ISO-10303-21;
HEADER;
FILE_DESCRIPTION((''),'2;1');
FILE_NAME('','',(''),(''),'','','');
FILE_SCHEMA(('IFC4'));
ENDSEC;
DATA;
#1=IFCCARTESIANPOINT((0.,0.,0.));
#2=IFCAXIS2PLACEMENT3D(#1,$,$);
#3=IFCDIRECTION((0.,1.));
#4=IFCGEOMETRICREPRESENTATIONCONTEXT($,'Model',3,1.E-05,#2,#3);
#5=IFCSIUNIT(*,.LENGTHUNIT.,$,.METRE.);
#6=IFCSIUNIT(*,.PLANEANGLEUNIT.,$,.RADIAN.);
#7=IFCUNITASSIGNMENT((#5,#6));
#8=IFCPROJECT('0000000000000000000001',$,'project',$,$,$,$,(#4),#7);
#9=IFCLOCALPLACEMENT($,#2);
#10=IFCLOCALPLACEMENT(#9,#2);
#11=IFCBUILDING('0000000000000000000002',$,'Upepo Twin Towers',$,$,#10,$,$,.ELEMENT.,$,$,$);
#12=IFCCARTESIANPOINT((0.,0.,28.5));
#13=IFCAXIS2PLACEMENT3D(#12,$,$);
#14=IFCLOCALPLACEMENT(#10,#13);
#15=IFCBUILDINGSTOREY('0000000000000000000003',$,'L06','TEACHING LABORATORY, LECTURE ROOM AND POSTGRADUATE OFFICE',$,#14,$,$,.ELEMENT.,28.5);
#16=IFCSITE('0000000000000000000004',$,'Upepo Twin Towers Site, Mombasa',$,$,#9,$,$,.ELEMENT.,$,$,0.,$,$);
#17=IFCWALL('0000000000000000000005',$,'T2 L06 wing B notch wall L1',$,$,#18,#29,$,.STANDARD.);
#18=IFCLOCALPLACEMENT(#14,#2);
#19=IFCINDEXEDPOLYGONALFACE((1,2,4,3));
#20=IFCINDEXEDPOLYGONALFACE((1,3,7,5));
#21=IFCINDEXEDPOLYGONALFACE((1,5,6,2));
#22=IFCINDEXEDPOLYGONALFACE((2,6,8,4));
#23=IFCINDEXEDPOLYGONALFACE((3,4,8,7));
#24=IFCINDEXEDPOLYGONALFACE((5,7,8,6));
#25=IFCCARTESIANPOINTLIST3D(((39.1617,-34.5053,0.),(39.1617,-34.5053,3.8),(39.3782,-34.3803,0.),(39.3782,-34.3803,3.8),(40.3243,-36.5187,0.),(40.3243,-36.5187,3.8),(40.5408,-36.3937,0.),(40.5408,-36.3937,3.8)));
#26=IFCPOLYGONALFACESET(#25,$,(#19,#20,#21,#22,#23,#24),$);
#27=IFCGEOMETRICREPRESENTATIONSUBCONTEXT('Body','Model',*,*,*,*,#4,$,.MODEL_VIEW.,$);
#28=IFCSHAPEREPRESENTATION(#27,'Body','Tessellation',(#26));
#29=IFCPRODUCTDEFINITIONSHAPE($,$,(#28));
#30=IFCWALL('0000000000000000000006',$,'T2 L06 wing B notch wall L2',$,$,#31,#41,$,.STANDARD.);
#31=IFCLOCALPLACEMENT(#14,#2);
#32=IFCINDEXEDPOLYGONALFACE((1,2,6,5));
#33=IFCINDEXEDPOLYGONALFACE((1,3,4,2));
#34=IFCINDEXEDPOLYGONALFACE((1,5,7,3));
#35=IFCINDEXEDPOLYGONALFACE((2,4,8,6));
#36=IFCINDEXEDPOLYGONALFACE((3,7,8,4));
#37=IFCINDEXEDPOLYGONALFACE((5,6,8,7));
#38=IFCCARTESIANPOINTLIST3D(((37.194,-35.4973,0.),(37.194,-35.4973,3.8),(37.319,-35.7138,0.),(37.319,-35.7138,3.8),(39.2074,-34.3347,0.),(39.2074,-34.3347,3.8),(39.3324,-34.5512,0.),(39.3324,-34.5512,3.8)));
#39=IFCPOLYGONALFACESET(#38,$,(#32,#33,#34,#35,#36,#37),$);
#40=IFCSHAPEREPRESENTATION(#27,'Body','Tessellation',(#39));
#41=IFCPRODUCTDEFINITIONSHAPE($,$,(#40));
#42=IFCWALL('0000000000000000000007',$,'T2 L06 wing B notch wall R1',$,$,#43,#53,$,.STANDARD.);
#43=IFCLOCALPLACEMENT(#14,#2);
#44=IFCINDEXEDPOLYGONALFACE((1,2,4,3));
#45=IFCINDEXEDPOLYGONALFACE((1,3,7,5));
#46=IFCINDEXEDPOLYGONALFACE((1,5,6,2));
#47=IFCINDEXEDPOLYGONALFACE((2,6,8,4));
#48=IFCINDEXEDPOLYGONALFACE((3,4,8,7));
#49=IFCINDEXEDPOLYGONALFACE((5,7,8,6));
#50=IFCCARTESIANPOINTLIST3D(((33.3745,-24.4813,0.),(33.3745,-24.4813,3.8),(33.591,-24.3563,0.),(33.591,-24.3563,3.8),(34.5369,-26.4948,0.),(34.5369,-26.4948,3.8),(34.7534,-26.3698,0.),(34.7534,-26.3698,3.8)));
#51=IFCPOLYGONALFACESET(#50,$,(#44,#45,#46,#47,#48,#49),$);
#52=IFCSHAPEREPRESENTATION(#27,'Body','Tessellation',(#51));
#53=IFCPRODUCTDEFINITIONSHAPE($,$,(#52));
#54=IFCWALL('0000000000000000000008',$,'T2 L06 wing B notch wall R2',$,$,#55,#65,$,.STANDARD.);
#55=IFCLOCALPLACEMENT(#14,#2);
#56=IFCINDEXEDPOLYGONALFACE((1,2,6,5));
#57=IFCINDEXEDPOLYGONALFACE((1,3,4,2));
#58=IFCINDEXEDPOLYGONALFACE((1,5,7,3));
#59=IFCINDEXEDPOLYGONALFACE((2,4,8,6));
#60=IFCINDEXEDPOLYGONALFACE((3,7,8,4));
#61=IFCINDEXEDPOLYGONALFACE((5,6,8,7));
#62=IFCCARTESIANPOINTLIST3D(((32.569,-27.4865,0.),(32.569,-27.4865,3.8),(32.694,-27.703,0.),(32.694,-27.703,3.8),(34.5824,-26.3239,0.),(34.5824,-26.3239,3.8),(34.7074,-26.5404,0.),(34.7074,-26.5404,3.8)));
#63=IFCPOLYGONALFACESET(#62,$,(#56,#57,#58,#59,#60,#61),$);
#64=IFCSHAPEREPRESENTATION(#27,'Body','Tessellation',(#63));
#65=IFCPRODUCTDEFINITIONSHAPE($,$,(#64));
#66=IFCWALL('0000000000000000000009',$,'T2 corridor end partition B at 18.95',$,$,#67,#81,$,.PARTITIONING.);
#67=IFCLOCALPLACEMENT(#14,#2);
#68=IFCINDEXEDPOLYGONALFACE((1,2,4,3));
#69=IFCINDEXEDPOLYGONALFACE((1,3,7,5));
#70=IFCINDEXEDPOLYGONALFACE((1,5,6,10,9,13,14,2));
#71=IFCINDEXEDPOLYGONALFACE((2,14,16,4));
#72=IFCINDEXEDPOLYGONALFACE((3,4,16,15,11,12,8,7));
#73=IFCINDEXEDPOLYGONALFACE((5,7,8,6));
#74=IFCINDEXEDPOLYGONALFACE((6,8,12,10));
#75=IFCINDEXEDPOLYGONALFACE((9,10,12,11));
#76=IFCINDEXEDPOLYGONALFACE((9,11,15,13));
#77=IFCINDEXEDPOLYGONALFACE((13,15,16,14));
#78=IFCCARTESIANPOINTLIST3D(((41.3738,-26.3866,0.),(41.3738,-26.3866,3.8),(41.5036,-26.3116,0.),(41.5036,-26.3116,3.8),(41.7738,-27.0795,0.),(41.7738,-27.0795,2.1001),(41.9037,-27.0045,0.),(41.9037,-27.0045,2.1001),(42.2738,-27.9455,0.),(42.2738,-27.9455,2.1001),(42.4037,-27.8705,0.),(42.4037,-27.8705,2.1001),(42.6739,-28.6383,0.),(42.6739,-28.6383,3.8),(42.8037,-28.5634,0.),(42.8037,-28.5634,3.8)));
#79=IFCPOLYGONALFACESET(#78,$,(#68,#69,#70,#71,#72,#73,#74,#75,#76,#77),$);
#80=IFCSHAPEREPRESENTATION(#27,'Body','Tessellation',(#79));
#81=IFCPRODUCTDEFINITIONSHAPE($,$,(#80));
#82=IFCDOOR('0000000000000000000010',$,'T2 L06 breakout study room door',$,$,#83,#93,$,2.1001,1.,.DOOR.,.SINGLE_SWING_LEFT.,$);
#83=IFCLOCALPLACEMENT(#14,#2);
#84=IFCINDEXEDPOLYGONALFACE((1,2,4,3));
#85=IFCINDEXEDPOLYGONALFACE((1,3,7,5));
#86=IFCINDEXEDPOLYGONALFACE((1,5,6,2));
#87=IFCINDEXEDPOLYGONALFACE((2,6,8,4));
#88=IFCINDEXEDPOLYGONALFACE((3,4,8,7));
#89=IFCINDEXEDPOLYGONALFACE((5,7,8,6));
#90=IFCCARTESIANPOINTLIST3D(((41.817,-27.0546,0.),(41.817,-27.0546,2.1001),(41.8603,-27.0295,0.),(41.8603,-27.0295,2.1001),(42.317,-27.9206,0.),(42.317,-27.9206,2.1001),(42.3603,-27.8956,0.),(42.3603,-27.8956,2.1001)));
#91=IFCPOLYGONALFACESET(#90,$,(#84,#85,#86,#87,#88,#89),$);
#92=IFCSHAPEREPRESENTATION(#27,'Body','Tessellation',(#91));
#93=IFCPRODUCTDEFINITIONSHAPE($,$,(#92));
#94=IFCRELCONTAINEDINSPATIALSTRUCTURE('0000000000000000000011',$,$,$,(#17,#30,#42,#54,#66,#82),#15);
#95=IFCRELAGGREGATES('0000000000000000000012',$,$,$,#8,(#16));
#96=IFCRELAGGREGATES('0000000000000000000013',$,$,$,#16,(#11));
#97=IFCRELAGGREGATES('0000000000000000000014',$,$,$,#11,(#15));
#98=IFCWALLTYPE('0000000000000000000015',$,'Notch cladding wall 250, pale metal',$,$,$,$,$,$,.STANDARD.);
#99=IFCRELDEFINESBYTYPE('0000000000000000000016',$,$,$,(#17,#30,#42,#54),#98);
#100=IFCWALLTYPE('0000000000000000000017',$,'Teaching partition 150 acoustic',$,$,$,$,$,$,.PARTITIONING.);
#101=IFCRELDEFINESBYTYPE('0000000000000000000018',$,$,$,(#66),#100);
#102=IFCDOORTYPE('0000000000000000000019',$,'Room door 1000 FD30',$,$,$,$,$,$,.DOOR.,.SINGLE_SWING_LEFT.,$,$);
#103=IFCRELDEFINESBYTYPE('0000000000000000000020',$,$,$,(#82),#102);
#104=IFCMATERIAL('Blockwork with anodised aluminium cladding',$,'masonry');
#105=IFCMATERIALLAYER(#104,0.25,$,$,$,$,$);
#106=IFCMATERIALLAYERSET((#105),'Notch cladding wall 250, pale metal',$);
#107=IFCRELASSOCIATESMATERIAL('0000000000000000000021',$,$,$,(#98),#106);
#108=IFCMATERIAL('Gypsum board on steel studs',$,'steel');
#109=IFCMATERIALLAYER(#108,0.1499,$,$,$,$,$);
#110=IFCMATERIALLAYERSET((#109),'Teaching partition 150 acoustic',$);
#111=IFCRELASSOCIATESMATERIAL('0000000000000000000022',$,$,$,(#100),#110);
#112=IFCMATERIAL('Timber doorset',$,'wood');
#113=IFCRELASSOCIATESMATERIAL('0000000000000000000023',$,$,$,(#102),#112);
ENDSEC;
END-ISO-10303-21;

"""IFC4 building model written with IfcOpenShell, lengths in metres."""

from ifc_helpers import new_model, si_unit, direction, frame, frame_2d, origin, place, context, subcontext, project, spatial, rectangle, extrude, material, layer, layer_set, type_object, element, fill, save


model = new_model("IFC4")

# Units and contexts
model_context = context("Model", 3, precision=1e-05, world=origin(), true_north=direction((0.0, 1.0)))
body_context = subcontext(model_context, "Body", "Model", "MODEL_VIEW")
ifc_project = project(units=[si_unit("LENGTHUNIT", "METRE"), si_unit("PLANEANGLEUNIT", "RADIAN")], contexts=[model_context])

# Site, building, storey
site_placement = place(None, origin())
site = spatial("IfcSite", under=ifc_project, at=site_placement, Name="Upepo Twin Towers Site, Mombasa", CompositionType="ELEMENT", RefElevation=0.0)
building_placement = place(site_placement, origin())
building = spatial("IfcBuilding", under=site, at=building_placement, Name="Upepo Twin Towers", CompositionType="ELEMENT")
storey_placement = place(building_placement, frame((0.0, 0.0, 28.5)))
storey = spatial("IfcBuildingStorey", under=building, at=storey_placement, Name="L06", Description="TEACHING LABORATORY, LECTURE ROOM AND POSTGRADUATE OFFICE", CompositionType="ELEMENT", Elevation=28.5)

# Walls
ifc_material_1 = material(Name="Blockwork with anodised aluminium cladding", Category="masonry")
ifc_layer_1 = layer(ifc_material_1, 0.25)
ifc_layer_set_1 = layer_set([ifc_layer_1], Name="Notch cladding wall 250, pale metal")
wall_type_1 = type_object("IfcWallType", Name="Notch cladding wall 250, pale metal", PredefinedType="STANDARD", material=ifc_layer_set_1)
for number, where, z_axis, x_axis, name in (
    (1, (40.4326, -36.4563, 0.0), (0.0, 0.0, 1.0), (-0.500047, 0.865998, 0.0), "T2 L06 wing B notch wall L1"),
    (2, (39.27, -34.4429, 0.0), (0.0, 0.0, 1.0), (-0.865998, -0.500047, 0.0), "T2 L06 wing B notch wall L2"),
    (3, (33.4827, -24.4187, 0.0), (0.0, 0.0, 1.0), (0.499968, -0.866044, 0.0), "T2 L06 wing B notch wall R1"),
    (4, (34.645, -26.4321, 0.0), (0.0, 0.0, 1.0), (-0.865998, -0.500047, 0.0), "T2 L06 wing B notch wall R2"),
):
    element("IfcWall", number, at=place(storey_placement, frame(where, z_axis=z_axis, x_axis=x_axis)), inside=storey, type_object=wall_type_1, Name=name, PredefinedType="STANDARD", context=body_context, shape_type="SweptSolid", body=[
        extrude(rectangle(XDim=2.325, YDim=0.25, at=frame_2d((1.1626, 0.0))), origin(), (0.0, 0.0, 1.0), 3.8),
    ])

# Wall, opening, door
ifc_material_2 = material(Name="Gypsum board on steel studs", Category="steel")
ifc_layer_2 = layer(ifc_material_2, 0.1499)
ifc_layer_set_2 = layer_set([ifc_layer_2], Name="Teaching partition 150 acoustic")
wall_type_2 = type_object("IfcWallType", Name="Teaching partition 150 acoustic", PredefinedType="PARTITIONING", material=ifc_layer_set_2)
wall_placement = place(storey_placement, frame((41.4387, -26.3491, 0.0), z_axis=(0.0, 0.0, 1.0), x_axis=(0.500007, -0.866021, 0.0)))
wall = element("IfcWall", 5, at=wall_placement, inside=storey, type_object=wall_type_2, Name="T2 corridor end partition B at 18.95", PredefinedType="PARTITIONING", context=body_context, shape_type="SweptSolid", body=[
    extrude(rectangle(XDim=2.6001, YDim=0.1499, at=frame_2d((1.3, 0.0))), origin(), (0.0, 0.0, 1.0), 3.8),
])
opening_placement = place(wall_placement, frame((0.8, 0.0, 0.0)))
opening = element("IfcOpeningElement", 6, at=opening_placement, cuts=wall, PredefinedType="OPENING", context=body_context, shape_type="SweptSolid", body=[
    extrude(rectangle(XDim=1.0, YDim=2.1001, at=frame_2d((0.5, 1.05))), frame((0.0, 0.085, 0.0), z_axis=(0.0, -1.0, 0.0), x_axis=(1.0, 0.0, 0.0)), (0.0, 0.0, 1.0), 0.1699),
])
ifc_material_3 = material(Name="Timber doorset", Category="wood")
door_type = type_object("IfcDoorType", Name="Room door 1000 FD30", OperationType="SINGLE_SWING_LEFT", PredefinedType="DOOR", material=ifc_material_3)
door_placement = place(opening_placement, origin())
door = element("IfcDoor", 7, at=door_placement, inside=storey, type_object=door_type, Name="T2 L06 breakout study room door", OperationType="SINGLE_SWING_LEFT", OverallHeight=2.1001, OverallWidth=1.0, PredefinedType="DOOR", context=body_context, shape_type="SweptSolid", body=[
    extrude(rectangle(XDim=1.0, YDim=2.1001, at=frame_2d((0.5, 1.05))), frame((0.0, 0.0249, 0.0), z_axis=(0.0, -1.0, 0.0), x_axis=(1.0, 0.0, 0.0)), (0.0, 0.0, 1.0), 0.05),
])
fill(opening, door)

save(model, "model.ifc")
